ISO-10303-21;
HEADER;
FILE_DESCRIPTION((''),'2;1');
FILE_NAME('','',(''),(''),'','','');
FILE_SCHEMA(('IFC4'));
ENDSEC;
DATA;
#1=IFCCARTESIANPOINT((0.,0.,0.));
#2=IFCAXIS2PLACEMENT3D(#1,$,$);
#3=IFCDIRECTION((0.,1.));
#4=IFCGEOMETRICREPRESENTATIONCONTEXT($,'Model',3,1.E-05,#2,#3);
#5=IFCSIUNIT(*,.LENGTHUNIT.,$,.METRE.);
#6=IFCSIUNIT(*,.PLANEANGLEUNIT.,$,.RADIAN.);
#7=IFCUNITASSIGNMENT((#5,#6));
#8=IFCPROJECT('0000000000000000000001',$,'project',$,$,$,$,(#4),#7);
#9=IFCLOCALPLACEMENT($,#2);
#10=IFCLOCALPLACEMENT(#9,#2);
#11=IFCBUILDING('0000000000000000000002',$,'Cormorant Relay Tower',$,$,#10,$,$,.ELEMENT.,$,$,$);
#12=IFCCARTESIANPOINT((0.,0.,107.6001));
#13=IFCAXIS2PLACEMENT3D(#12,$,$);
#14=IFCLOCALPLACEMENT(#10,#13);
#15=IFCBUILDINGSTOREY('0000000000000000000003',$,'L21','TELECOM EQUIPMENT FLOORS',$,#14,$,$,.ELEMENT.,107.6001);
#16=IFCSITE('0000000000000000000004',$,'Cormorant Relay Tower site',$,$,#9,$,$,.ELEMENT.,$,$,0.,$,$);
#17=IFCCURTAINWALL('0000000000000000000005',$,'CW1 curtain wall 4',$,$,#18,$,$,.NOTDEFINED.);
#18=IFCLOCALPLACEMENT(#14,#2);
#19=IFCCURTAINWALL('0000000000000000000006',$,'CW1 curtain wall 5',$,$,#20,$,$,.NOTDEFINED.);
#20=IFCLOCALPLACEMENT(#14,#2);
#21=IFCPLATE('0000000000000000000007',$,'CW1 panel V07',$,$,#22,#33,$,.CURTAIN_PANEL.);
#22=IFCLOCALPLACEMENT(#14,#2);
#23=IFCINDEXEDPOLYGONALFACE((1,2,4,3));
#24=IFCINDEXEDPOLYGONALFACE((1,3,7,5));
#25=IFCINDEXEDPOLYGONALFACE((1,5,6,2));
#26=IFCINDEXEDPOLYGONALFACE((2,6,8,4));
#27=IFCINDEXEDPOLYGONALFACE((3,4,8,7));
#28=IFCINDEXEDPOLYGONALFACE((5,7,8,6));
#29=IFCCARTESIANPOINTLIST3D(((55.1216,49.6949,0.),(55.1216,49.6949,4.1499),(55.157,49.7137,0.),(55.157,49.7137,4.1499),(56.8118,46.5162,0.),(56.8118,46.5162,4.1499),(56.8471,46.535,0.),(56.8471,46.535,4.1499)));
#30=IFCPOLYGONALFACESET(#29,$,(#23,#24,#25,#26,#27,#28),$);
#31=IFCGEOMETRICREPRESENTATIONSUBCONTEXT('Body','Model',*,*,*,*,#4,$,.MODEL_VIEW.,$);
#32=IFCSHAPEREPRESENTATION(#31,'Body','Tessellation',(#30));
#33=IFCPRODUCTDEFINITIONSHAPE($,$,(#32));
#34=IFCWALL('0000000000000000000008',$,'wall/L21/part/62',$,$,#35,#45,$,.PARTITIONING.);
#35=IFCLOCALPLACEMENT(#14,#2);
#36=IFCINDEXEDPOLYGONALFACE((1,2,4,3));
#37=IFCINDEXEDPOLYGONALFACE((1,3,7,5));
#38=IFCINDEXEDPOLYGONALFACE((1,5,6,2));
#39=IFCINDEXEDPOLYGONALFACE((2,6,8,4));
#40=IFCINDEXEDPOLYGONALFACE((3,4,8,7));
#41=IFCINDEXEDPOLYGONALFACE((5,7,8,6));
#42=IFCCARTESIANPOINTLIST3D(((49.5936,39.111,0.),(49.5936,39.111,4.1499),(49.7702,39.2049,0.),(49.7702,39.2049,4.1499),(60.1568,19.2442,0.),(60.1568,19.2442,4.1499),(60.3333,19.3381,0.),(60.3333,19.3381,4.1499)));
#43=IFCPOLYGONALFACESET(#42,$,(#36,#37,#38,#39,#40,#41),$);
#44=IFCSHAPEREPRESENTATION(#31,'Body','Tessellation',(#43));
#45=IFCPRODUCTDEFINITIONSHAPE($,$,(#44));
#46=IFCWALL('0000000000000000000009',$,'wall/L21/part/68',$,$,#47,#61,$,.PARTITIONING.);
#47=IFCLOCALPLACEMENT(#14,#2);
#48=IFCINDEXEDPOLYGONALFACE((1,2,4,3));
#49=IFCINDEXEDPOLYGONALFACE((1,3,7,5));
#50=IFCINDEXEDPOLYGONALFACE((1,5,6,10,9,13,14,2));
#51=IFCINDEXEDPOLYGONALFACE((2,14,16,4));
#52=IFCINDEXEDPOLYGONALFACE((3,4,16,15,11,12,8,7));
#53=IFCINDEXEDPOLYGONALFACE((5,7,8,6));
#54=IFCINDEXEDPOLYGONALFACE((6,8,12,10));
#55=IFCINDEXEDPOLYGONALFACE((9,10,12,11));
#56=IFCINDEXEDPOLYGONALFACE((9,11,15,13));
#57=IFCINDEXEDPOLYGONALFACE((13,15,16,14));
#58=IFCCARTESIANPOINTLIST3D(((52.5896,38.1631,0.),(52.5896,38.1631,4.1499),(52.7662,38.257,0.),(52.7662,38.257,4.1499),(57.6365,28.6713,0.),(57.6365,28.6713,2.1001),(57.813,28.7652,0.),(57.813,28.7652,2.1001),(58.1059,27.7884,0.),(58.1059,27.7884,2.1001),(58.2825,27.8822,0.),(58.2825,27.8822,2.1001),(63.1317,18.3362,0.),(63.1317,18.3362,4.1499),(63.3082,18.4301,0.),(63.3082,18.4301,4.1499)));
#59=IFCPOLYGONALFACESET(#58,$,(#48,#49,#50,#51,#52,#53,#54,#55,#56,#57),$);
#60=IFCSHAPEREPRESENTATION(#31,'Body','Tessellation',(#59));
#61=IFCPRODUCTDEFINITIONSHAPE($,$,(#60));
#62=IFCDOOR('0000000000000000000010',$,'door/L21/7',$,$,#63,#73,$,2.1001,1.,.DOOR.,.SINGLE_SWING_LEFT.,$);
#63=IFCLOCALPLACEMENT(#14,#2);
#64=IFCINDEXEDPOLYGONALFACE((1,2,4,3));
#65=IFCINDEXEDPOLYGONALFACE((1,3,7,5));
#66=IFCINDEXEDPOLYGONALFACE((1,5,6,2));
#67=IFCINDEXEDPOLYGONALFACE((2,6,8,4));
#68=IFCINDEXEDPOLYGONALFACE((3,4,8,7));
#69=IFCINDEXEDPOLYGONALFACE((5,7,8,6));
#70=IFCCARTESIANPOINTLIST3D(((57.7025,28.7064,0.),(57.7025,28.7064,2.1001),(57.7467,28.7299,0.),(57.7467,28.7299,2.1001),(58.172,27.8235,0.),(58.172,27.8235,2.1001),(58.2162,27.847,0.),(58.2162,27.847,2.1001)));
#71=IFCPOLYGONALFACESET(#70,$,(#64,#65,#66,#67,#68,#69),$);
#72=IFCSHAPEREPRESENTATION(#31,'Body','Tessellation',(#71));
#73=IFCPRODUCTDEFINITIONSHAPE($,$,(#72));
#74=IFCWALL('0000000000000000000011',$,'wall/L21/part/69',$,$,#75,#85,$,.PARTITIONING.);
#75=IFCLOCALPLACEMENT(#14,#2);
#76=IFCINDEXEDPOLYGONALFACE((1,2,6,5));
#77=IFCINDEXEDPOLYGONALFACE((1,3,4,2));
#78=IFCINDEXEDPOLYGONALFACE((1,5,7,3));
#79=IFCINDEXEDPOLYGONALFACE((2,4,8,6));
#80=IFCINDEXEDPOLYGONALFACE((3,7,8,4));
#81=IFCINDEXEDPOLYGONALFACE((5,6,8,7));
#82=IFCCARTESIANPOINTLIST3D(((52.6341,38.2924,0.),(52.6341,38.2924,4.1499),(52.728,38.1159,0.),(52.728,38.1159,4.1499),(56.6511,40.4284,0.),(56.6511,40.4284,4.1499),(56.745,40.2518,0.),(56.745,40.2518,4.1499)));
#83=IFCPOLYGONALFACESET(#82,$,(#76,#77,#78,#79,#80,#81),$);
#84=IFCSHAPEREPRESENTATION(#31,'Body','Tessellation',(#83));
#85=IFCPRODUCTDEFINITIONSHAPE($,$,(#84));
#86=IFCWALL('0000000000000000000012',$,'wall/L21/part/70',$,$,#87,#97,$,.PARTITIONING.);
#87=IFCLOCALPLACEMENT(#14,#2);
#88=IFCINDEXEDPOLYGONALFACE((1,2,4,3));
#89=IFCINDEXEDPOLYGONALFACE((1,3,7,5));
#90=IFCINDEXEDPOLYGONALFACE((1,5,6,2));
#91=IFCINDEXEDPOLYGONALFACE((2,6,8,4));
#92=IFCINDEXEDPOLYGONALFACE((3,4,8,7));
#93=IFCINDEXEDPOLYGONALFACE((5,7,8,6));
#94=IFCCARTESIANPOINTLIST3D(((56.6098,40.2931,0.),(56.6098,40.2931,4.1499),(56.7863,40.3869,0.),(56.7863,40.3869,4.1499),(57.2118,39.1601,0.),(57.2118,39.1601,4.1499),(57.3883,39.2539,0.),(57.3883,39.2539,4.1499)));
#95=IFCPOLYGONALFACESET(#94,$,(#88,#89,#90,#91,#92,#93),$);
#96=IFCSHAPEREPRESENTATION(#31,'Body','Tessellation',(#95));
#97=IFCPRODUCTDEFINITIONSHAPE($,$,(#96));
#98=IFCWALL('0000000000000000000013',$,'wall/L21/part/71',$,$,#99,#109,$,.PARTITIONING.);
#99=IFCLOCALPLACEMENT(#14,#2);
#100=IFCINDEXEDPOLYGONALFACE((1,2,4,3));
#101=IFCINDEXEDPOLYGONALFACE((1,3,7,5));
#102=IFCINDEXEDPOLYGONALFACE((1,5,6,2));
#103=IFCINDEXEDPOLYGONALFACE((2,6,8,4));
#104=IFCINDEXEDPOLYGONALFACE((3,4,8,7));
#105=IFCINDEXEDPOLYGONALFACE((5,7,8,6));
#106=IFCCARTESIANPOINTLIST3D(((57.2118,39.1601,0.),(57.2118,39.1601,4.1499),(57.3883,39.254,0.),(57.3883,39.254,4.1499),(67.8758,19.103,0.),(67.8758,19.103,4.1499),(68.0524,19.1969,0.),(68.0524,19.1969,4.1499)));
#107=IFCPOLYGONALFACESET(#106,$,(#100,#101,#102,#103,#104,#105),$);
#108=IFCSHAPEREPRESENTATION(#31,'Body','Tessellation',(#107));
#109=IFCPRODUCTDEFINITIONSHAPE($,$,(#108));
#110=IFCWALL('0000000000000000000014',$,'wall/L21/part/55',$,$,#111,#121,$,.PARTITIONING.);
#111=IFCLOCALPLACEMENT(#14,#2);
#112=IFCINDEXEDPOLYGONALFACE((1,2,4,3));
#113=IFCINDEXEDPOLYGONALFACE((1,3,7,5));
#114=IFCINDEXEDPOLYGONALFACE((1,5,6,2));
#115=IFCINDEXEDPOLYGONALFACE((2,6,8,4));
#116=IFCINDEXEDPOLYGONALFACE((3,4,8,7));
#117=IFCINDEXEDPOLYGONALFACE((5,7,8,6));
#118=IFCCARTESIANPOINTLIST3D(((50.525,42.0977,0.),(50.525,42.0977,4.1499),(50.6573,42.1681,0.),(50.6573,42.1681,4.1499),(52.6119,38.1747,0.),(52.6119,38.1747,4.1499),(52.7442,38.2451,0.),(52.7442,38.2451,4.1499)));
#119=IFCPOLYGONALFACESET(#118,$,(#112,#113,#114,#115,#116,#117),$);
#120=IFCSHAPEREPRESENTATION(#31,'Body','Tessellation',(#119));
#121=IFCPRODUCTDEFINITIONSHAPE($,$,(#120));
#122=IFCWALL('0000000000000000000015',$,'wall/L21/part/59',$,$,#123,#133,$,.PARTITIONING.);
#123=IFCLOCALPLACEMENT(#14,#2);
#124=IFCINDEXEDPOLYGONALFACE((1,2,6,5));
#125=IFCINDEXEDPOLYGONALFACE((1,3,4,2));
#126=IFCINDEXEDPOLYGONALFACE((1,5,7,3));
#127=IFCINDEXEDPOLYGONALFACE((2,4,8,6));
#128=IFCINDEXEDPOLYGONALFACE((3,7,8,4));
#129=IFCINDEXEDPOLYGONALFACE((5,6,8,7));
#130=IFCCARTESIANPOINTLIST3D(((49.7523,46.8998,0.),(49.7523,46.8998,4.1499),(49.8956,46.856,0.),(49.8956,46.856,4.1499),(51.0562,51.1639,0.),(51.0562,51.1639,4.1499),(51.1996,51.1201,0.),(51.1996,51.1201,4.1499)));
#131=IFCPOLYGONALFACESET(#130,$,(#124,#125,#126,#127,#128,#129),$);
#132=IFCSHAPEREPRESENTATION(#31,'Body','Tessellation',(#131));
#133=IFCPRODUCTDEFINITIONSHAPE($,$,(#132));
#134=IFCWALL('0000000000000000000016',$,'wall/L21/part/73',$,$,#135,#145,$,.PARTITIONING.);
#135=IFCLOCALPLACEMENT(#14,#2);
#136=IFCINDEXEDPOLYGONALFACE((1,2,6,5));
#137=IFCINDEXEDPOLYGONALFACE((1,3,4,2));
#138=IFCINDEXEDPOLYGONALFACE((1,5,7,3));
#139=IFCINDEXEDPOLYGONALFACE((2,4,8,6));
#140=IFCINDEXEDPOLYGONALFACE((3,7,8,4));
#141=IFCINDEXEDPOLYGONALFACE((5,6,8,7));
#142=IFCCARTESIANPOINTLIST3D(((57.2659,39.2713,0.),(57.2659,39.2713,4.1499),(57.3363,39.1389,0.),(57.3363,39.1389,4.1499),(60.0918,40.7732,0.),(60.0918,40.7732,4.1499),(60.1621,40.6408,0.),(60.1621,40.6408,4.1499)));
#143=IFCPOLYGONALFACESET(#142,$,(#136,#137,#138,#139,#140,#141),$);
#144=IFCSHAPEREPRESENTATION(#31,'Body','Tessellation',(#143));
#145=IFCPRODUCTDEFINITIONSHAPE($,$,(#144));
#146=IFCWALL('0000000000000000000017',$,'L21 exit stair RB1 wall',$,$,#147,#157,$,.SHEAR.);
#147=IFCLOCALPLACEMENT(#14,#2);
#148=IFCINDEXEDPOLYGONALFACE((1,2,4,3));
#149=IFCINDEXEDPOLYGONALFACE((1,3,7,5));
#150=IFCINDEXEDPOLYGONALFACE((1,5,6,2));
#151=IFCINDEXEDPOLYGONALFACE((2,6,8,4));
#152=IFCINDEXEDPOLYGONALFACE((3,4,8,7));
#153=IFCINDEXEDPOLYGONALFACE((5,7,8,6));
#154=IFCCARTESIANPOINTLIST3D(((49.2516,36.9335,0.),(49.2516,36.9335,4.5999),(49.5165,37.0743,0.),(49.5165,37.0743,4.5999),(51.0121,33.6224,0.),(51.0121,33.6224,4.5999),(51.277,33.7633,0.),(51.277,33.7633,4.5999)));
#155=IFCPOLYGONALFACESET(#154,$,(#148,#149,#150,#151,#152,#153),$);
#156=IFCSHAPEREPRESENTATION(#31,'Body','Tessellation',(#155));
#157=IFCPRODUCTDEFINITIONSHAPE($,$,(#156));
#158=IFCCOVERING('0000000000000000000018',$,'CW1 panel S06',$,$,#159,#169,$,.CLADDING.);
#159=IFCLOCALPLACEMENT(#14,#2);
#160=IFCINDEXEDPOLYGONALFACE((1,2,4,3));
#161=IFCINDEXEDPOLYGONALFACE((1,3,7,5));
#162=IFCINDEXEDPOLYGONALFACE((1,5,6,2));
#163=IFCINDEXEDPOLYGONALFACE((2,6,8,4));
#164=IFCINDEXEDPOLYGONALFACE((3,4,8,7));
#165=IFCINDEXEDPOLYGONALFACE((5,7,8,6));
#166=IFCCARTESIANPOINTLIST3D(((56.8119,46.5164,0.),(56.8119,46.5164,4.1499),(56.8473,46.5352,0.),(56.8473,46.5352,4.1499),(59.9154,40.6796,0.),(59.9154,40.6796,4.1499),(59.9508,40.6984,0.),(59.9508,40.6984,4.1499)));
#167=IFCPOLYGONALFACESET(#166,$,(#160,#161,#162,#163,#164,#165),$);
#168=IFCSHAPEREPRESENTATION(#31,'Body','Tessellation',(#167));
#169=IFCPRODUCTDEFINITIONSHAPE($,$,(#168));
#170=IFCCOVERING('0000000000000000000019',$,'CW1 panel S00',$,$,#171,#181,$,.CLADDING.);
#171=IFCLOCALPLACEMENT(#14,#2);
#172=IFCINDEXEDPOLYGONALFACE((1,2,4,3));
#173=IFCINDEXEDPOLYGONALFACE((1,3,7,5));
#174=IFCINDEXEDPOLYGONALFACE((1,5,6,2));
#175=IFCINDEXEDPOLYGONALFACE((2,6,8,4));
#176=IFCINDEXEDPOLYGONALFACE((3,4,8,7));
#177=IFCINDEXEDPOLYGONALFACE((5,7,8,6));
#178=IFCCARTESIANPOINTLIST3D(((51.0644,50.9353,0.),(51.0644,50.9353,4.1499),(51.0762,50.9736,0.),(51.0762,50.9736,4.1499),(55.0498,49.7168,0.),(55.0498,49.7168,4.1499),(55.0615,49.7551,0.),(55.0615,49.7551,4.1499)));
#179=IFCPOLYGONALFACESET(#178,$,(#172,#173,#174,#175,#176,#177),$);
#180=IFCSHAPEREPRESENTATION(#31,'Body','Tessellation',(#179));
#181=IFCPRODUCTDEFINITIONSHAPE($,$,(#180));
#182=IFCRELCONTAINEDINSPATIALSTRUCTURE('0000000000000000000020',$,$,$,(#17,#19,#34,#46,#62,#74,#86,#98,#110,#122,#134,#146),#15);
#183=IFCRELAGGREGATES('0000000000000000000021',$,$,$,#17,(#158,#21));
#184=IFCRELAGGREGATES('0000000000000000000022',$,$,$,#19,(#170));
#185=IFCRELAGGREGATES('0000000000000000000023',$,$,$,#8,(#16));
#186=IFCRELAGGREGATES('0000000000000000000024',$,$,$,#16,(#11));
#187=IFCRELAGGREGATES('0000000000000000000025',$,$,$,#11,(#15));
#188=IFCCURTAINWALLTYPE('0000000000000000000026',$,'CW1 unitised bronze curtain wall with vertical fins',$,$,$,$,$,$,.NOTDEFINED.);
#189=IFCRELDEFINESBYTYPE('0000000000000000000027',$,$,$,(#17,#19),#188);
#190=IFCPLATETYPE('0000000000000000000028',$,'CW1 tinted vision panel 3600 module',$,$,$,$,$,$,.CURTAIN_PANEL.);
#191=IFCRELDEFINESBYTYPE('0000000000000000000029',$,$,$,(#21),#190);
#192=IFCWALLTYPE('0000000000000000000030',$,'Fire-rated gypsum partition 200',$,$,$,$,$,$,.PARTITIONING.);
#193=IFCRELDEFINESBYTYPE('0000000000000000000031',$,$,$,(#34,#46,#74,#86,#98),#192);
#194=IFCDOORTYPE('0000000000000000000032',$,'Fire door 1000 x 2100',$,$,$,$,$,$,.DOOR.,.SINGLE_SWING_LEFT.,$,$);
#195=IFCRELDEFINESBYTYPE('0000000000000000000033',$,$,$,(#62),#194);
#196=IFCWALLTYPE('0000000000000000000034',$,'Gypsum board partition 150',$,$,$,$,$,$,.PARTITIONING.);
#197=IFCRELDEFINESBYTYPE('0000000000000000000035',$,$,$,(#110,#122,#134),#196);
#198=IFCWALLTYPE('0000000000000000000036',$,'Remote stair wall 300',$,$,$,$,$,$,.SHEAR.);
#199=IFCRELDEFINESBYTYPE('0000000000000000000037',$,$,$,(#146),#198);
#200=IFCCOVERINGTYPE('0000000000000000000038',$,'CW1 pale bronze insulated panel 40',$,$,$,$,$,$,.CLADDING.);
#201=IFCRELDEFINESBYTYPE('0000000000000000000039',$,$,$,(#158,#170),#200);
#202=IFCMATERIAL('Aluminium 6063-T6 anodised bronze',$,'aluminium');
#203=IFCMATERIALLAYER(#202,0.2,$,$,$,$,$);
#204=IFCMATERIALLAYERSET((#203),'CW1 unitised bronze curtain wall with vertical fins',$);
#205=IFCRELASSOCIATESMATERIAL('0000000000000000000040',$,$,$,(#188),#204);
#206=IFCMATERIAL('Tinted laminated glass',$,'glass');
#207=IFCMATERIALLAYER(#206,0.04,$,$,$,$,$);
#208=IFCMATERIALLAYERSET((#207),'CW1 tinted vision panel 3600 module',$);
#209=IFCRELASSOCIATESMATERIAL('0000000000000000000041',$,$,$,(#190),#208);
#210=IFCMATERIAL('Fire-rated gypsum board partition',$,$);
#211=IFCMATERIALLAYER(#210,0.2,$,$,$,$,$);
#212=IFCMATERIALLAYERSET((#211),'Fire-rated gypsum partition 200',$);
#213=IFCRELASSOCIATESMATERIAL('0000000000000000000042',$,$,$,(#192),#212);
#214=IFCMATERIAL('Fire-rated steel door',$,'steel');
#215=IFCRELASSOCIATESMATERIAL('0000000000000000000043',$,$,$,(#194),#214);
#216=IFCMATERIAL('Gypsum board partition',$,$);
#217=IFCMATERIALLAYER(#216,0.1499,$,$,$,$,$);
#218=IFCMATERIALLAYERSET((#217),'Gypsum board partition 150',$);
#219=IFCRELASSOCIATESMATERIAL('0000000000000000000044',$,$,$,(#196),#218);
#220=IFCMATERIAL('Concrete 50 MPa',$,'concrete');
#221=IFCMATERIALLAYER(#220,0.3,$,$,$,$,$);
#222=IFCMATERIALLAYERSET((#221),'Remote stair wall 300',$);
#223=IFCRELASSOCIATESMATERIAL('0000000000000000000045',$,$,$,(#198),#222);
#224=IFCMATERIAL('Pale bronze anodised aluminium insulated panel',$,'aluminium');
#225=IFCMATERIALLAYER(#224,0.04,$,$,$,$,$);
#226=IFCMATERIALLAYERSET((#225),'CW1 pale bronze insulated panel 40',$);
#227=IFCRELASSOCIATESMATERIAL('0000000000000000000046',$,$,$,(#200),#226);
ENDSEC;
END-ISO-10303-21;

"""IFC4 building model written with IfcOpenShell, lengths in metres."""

from ifc_helpers import new_model, si_unit, direction, frame, frame_2d, origin, origin_2d, place, context, subcontext, project, spatial, rectangle, extrude, material, layer, layer_set, type_object, element, fill, aggregate, save


model = new_model("IFC4")

# Units and contexts
model_context = context("Model", 3, precision=1e-05, world=origin(), true_north=direction((0.0, 1.0)))
body_context = subcontext(model_context, "Body", "Model", "MODEL_VIEW")
ifc_project = project(units=[si_unit("LENGTHUNIT", "METRE"), si_unit("PLANEANGLEUNIT", "RADIAN")], contexts=[model_context])

# Site, building, storey
site_placement = place(None, origin())
site = spatial("IfcSite", under=ifc_project, at=site_placement, Name="Cormorant Relay Tower site", CompositionType="ELEMENT", RefElevation=0.0)
building_placement = place(site_placement, origin())
building = spatial("IfcBuilding", under=site, at=building_placement, Name="Cormorant Relay Tower", CompositionType="ELEMENT")
storey_placement = place(building_placement, frame((0.0, 0.0, 107.6001)))
storey = spatial("IfcBuildingStorey", under=building, at=storey_placement, Name="L21", Description="TELECOM EQUIPMENT FLOORS", CompositionType="ELEMENT", Elevation=107.6001)

# Curtain wall
ifc_material_1 = material(Name="Aluminium 6063-T6 anodised bronze", Category="aluminium")
ifc_layer_1 = layer(ifc_material_1, 0.2)
ifc_layer_set_1 = layer_set([ifc_layer_1], Name="CW1 unitised bronze curtain wall with vertical fins")
curtain_wall_type = type_object("IfcCurtainWallType", Name="CW1 unitised bronze curtain wall with vertical fins", PredefinedType="NOTDEFINED", material=ifc_layer_set_1)
curtain_wall_1_placement = place(storey_placement, origin())
curtain_wall_1 = element("IfcCurtainWall", 1, at=curtain_wall_1_placement, inside=storey, type_object=curtain_wall_type, Name="CW1 curtain wall 4", PredefinedType="NOTDEFINED")

# Curtain wall
curtain_wall_2_placement = place(storey_placement, origin())
curtain_wall_2 = element("IfcCurtainWall", 2, at=curtain_wall_2_placement, inside=storey, type_object=curtain_wall_type, Name="CW1 curtain wall 5", PredefinedType="NOTDEFINED")

# Plate
ifc_material_2 = material(Name="Tinted laminated glass", Category="glass")
ifc_layer_2 = layer(ifc_material_2, 0.04)
ifc_layer_set_2 = layer_set([ifc_layer_2], Name="CW1 tinted vision panel 3600 module")
plate_type_1 = type_object("IfcPlateType", Name="CW1 tinted vision panel 3600 module", PredefinedType="CURTAIN_PANEL", material=ifc_layer_set_2)
plate_1_placement = place(storey_placement, frame((55.9844, 48.115, 0.0), z_axis=(0.0, 0.0, 1.0), x_axis=(-0.469472, 0.882948, 0.0)))
plate_1 = element("IfcPlate", 3, at=plate_1_placement, type_object=plate_type_1, Name="CW1 panel V07", PredefinedType="CURTAIN_PANEL", context=body_context, shape_type="SweptSolid", body=[
    extrude(rectangle(XDim=3.6001, YDim=0.04, at=origin_2d()), origin(), (0.0, 0.0, 1.0), 4.1499),
])

# Wall
ifc_material_3 = material(Name="Fire-rated gypsum board partition")
ifc_layer_3 = layer(ifc_material_3, 0.2)
ifc_layer_set_3 = layer_set([ifc_layer_3], Name="Fire-rated gypsum partition 200")
wall_type_1 = type_object("IfcWallType", Name="Fire-rated gypsum partition 200", PredefinedType="PARTITIONING", material=ifc_layer_set_3)
wall_1_placement = place(storey_placement, frame((49.6819, 39.158, 0.0), z_axis=(0.0, 0.0, 1.0), x_axis=(0.469464, -0.882951, 0.0)))
element("IfcWall", 4, at=wall_1_placement, inside=storey, type_object=wall_type_1, Name="wall/L21/part/62", PredefinedType="PARTITIONING", context=body_context, shape_type="SweptSolid", body=[
    extrude(rectangle(XDim=22.5005, YDim=0.2, at=frame_2d((11.2502, 0.0))), origin(), (0.0, 0.0, 1.0), 4.1499),
])

# Wall, opening, door
wall_2_placement = place(storey_placement, frame((52.678, 38.21, 0.0), z_axis=(0.0, 0.0, 1.0), x_axis=(0.469466, -0.882951, 0.0)))
wall_2 = element("IfcWall", 5, at=wall_2_placement, inside=storey, type_object=wall_type_1, Name="wall/L21/part/68", PredefinedType="PARTITIONING", context=body_context, shape_type="SweptSolid", body=[
    extrude(rectangle(XDim=22.4553, YDim=0.2, at=frame_2d((11.2275, 0.0))), origin(), (0.0, 0.0, 1.0), 4.1499),
])
opening_placement = place(wall_2_placement, frame((10.75, 0.0, 0.0)))
opening = element("IfcOpeningElement", 6, at=opening_placement, cuts=wall_2, PredefinedType="OPENING", context=body_context, shape_type="SweptSolid", body=[
    extrude(rectangle(XDim=1.0, YDim=2.1001, at=frame_2d((0.5, 1.05))), frame((0.0, 0.1099, 0.0), z_axis=(0.0, -1.0, 0.0), x_axis=(1.0, 0.0, 0.0)), (0.0, 0.0, 1.0), 0.22),
])
ifc_material_4 = material(Name="Fire-rated steel door", Category="steel")
door_type = type_object("IfcDoorType", Name="Fire door 1000 x 2100", OperationType="SINGLE_SWING_LEFT", PredefinedType="DOOR", material=ifc_material_4)
door_placement = place(opening_placement, origin())
door = element("IfcDoor", 7, at=door_placement, inside=storey, type_object=door_type, Name="door/L21/7", OperationType="SINGLE_SWING_LEFT", OverallHeight=2.1001, OverallWidth=1.0, PredefinedType="DOOR", context=body_context, shape_type="SweptSolid", body=[
    extrude(rectangle(XDim=1.0, YDim=2.1001, at=frame_2d((0.5, 1.05))), frame((0.0, 0.0249, 0.0), z_axis=(0.0, -1.0, 0.0), x_axis=(1.0, 0.0, 0.0)), (0.0, 0.0, 1.0), 0.05),
])
fill(opening, door)

# Walls
wall_3_placement = place(storey_placement, frame((52.6809, 38.2041, 0.0), z_axis=(0.0, 0.0, 1.0), x_axis=(0.882942, 0.469482, 0.0)))
element("IfcWall", 8, at=wall_3_placement, inside=storey, type_object=wall_type_1, Name="wall/L21/part/69", PredefinedType="PARTITIONING", context=body_context, shape_type="SweptSolid", body=[
    extrude(rectangle(XDim=4.5496, YDim=0.2, at=frame_2d((2.2749, 0.0))), origin(), (0.0, 0.0, 1.0), 4.1499),
])
wall_4_placement = place(storey_placement, frame((56.698, 40.3401, 0.0), z_axis=(0.0, 0.0, 1.0), x_axis=(0.469225, -0.883079, 0.0)))
element("IfcWall", 9, at=wall_4_placement, inside=storey, type_object=wall_type_1, Name="wall/L21/part/70", PredefinedType="PARTITIONING", context=body_context, shape_type="SweptSolid", body=[
    extrude(rectangle(XDim=1.283, YDim=0.2, at=frame_2d((0.6416, 0.0))), origin(), (0.0, 0.0, 1.0), 4.1499),
])
wall_5_placement = place(storey_placement, frame((57.3, 39.207, 0.0), z_axis=(0.0, 0.0, 1.0), x_axis=(0.469454, -0.882957, 0.0)))
element("IfcWall", 10, at=wall_5_placement, inside=storey, type_object=wall_type_1, Name="wall/L21/part/71", PredefinedType="PARTITIONING", context=body_context, shape_type="SweptSolid", body=[
    extrude(rectangle(XDim=22.7158, YDim=0.2, at=frame_2d((11.3579, 0.0))), origin(), (0.0, 0.0, 1.0), 4.1499),
])
ifc_material_5 = material(Name="Gypsum board partition")
ifc_layer_4 = layer(ifc_material_5, 0.1499)
ifc_layer_set_4 = layer_set([ifc_layer_4], Name="Gypsum board partition 150")
wall_type_2 = type_object("IfcWallType", Name="Gypsum board partition 150", PredefinedType="PARTITIONING", material=ifc_layer_set_4)
wall_6_placement = place(storey_placement, frame((52.678, 38.21, 0.0), z_axis=(0.0, 0.0, 1.0), x_axis=(-0.469641, 0.882857, 0.0)))
element("IfcWall", 11, at=wall_6_placement, inside=storey, type_object=wall_type_2, Name="wall/L21/part/55", PredefinedType="PARTITIONING", context=body_context, shape_type="SweptSolid", body=[
    extrude(rectangle(XDim=4.4436, YDim=0.1499, at=frame_2d((2.2217, 0.0))), origin(), (0.0, 0.0, 1.0), 4.1499),
])
wall_7_placement = place(storey_placement, frame((49.824, 46.8779, 0.0), z_axis=(0.0, 0.0, 1.0), x_axis=(0.292427, 0.956288, 0.0)))
element("IfcWall", 12, at=wall_7_placement, inside=storey, type_object=wall_type_2, Name="wall/L21/part/59", PredefinedType="PARTITIONING", context=body_context, shape_type="SweptSolid", body=[
    extrude(rectangle(XDim=4.459, YDim=0.1499, at=frame_2d((2.2295, 0.0))), origin(), (0.0, 0.0, 1.0), 4.1499),
])
wall_8_placement = place(storey_placement, frame((60.127, 40.707, 0.0), z_axis=(0.0, 0.0, 1.0), x_axis=(-0.883028, -0.469321, 0.0)))
element("IfcWall", 13, at=wall_8_placement, inside=storey, type_object=wall_type_2, Name="wall/L21/part/73", PredefinedType="PARTITIONING", context=body_context, shape_type="SweptSolid", body=[
    extrude(rectangle(XDim=3.2002, YDim=0.1499, at=frame_2d((1.6001, 0.0))), origin(), (0.0, 0.0, 1.0), 4.1499),
])
ifc_material_6 = material(Name="Concrete 50 MPa", Category="concrete")
ifc_layer_5 = layer(ifc_material_6, 0.3)
ifc_layer_set_5 = layer_set([ifc_layer_5], Name="Remote stair wall 300")
wall_type_3 = type_object("IfcWallType", Name="Remote stair wall 300", PredefinedType="SHEAR", material=ifc_layer_set_5)
wall_9_placement = place(storey_placement, frame((49.384, 37.0039, 0.0), z_axis=(0.0, 0.0, 1.0), x_axis=(0.469469, -0.882949, 0.0)))
element("IfcWall", 14, at=wall_9_placement, inside=storey, type_object=wall_type_3, Name="L21 exit stair RB1 wall", PredefinedType="SHEAR", context=body_context, shape_type="SweptSolid", body=[
    extrude(rectangle(XDim=3.75, YDim=0.3, at=frame_2d((1.875, 0.0))), origin(), (0.0, 0.0, 1.0), 4.5999),
])

# Coverings
ifc_material_7 = material(Name="Pale bronze anodised aluminium insulated panel", Category="aluminium")
ifc_layer_6 = layer(ifc_material_7, 0.04)
ifc_layer_set_6 = layer_set([ifc_layer_6], Name="CW1 pale bronze insulated panel 40")
covering_type = type_object("IfcCoveringType", Name="CW1 pale bronze insulated panel 40", PredefinedType="CLADDING", material=ifc_layer_set_6)
covering_1_placement = place(storey_placement, frame((58.3813, 43.6074, 0.0), z_axis=(0.0, 0.0, 1.0), x_axis=(-0.469472, 0.882948, 0.0)))
covering_1 = element("IfcCovering", 15, at=covering_1_placement, type_object=covering_type, Name="CW1 panel S06", PredefinedType="CLADDING", context=body_context, shape_type="SweptSolid", body=[
    extrude(rectangle(XDim=6.6106, YDim=0.04, at=origin_2d()), origin(), (0.0, 0.0, 1.0), 4.1499),
])
aggregate(curtain_wall_1, [covering_1, plate_1])
covering_2_placement = place(storey_placement, frame((53.063, 50.3452, 0.0), z_axis=(0.0, 0.0, 1.0), x_axis=(-0.956305, 0.292372, 0.0)))
covering_2 = element("IfcCovering", 16, at=covering_2_placement, type_object=covering_type, Name="CW1 panel S00", PredefinedType="CLADDING", context=body_context, shape_type="SweptSolid", body=[
    extrude(rectangle(XDim=4.1675, YDim=0.04, at=origin_2d()), origin(), (0.0, 0.0, 1.0), 4.1499),
])
aggregate(curtain_wall_2, [covering_2])

save(model, "model.ifc")
